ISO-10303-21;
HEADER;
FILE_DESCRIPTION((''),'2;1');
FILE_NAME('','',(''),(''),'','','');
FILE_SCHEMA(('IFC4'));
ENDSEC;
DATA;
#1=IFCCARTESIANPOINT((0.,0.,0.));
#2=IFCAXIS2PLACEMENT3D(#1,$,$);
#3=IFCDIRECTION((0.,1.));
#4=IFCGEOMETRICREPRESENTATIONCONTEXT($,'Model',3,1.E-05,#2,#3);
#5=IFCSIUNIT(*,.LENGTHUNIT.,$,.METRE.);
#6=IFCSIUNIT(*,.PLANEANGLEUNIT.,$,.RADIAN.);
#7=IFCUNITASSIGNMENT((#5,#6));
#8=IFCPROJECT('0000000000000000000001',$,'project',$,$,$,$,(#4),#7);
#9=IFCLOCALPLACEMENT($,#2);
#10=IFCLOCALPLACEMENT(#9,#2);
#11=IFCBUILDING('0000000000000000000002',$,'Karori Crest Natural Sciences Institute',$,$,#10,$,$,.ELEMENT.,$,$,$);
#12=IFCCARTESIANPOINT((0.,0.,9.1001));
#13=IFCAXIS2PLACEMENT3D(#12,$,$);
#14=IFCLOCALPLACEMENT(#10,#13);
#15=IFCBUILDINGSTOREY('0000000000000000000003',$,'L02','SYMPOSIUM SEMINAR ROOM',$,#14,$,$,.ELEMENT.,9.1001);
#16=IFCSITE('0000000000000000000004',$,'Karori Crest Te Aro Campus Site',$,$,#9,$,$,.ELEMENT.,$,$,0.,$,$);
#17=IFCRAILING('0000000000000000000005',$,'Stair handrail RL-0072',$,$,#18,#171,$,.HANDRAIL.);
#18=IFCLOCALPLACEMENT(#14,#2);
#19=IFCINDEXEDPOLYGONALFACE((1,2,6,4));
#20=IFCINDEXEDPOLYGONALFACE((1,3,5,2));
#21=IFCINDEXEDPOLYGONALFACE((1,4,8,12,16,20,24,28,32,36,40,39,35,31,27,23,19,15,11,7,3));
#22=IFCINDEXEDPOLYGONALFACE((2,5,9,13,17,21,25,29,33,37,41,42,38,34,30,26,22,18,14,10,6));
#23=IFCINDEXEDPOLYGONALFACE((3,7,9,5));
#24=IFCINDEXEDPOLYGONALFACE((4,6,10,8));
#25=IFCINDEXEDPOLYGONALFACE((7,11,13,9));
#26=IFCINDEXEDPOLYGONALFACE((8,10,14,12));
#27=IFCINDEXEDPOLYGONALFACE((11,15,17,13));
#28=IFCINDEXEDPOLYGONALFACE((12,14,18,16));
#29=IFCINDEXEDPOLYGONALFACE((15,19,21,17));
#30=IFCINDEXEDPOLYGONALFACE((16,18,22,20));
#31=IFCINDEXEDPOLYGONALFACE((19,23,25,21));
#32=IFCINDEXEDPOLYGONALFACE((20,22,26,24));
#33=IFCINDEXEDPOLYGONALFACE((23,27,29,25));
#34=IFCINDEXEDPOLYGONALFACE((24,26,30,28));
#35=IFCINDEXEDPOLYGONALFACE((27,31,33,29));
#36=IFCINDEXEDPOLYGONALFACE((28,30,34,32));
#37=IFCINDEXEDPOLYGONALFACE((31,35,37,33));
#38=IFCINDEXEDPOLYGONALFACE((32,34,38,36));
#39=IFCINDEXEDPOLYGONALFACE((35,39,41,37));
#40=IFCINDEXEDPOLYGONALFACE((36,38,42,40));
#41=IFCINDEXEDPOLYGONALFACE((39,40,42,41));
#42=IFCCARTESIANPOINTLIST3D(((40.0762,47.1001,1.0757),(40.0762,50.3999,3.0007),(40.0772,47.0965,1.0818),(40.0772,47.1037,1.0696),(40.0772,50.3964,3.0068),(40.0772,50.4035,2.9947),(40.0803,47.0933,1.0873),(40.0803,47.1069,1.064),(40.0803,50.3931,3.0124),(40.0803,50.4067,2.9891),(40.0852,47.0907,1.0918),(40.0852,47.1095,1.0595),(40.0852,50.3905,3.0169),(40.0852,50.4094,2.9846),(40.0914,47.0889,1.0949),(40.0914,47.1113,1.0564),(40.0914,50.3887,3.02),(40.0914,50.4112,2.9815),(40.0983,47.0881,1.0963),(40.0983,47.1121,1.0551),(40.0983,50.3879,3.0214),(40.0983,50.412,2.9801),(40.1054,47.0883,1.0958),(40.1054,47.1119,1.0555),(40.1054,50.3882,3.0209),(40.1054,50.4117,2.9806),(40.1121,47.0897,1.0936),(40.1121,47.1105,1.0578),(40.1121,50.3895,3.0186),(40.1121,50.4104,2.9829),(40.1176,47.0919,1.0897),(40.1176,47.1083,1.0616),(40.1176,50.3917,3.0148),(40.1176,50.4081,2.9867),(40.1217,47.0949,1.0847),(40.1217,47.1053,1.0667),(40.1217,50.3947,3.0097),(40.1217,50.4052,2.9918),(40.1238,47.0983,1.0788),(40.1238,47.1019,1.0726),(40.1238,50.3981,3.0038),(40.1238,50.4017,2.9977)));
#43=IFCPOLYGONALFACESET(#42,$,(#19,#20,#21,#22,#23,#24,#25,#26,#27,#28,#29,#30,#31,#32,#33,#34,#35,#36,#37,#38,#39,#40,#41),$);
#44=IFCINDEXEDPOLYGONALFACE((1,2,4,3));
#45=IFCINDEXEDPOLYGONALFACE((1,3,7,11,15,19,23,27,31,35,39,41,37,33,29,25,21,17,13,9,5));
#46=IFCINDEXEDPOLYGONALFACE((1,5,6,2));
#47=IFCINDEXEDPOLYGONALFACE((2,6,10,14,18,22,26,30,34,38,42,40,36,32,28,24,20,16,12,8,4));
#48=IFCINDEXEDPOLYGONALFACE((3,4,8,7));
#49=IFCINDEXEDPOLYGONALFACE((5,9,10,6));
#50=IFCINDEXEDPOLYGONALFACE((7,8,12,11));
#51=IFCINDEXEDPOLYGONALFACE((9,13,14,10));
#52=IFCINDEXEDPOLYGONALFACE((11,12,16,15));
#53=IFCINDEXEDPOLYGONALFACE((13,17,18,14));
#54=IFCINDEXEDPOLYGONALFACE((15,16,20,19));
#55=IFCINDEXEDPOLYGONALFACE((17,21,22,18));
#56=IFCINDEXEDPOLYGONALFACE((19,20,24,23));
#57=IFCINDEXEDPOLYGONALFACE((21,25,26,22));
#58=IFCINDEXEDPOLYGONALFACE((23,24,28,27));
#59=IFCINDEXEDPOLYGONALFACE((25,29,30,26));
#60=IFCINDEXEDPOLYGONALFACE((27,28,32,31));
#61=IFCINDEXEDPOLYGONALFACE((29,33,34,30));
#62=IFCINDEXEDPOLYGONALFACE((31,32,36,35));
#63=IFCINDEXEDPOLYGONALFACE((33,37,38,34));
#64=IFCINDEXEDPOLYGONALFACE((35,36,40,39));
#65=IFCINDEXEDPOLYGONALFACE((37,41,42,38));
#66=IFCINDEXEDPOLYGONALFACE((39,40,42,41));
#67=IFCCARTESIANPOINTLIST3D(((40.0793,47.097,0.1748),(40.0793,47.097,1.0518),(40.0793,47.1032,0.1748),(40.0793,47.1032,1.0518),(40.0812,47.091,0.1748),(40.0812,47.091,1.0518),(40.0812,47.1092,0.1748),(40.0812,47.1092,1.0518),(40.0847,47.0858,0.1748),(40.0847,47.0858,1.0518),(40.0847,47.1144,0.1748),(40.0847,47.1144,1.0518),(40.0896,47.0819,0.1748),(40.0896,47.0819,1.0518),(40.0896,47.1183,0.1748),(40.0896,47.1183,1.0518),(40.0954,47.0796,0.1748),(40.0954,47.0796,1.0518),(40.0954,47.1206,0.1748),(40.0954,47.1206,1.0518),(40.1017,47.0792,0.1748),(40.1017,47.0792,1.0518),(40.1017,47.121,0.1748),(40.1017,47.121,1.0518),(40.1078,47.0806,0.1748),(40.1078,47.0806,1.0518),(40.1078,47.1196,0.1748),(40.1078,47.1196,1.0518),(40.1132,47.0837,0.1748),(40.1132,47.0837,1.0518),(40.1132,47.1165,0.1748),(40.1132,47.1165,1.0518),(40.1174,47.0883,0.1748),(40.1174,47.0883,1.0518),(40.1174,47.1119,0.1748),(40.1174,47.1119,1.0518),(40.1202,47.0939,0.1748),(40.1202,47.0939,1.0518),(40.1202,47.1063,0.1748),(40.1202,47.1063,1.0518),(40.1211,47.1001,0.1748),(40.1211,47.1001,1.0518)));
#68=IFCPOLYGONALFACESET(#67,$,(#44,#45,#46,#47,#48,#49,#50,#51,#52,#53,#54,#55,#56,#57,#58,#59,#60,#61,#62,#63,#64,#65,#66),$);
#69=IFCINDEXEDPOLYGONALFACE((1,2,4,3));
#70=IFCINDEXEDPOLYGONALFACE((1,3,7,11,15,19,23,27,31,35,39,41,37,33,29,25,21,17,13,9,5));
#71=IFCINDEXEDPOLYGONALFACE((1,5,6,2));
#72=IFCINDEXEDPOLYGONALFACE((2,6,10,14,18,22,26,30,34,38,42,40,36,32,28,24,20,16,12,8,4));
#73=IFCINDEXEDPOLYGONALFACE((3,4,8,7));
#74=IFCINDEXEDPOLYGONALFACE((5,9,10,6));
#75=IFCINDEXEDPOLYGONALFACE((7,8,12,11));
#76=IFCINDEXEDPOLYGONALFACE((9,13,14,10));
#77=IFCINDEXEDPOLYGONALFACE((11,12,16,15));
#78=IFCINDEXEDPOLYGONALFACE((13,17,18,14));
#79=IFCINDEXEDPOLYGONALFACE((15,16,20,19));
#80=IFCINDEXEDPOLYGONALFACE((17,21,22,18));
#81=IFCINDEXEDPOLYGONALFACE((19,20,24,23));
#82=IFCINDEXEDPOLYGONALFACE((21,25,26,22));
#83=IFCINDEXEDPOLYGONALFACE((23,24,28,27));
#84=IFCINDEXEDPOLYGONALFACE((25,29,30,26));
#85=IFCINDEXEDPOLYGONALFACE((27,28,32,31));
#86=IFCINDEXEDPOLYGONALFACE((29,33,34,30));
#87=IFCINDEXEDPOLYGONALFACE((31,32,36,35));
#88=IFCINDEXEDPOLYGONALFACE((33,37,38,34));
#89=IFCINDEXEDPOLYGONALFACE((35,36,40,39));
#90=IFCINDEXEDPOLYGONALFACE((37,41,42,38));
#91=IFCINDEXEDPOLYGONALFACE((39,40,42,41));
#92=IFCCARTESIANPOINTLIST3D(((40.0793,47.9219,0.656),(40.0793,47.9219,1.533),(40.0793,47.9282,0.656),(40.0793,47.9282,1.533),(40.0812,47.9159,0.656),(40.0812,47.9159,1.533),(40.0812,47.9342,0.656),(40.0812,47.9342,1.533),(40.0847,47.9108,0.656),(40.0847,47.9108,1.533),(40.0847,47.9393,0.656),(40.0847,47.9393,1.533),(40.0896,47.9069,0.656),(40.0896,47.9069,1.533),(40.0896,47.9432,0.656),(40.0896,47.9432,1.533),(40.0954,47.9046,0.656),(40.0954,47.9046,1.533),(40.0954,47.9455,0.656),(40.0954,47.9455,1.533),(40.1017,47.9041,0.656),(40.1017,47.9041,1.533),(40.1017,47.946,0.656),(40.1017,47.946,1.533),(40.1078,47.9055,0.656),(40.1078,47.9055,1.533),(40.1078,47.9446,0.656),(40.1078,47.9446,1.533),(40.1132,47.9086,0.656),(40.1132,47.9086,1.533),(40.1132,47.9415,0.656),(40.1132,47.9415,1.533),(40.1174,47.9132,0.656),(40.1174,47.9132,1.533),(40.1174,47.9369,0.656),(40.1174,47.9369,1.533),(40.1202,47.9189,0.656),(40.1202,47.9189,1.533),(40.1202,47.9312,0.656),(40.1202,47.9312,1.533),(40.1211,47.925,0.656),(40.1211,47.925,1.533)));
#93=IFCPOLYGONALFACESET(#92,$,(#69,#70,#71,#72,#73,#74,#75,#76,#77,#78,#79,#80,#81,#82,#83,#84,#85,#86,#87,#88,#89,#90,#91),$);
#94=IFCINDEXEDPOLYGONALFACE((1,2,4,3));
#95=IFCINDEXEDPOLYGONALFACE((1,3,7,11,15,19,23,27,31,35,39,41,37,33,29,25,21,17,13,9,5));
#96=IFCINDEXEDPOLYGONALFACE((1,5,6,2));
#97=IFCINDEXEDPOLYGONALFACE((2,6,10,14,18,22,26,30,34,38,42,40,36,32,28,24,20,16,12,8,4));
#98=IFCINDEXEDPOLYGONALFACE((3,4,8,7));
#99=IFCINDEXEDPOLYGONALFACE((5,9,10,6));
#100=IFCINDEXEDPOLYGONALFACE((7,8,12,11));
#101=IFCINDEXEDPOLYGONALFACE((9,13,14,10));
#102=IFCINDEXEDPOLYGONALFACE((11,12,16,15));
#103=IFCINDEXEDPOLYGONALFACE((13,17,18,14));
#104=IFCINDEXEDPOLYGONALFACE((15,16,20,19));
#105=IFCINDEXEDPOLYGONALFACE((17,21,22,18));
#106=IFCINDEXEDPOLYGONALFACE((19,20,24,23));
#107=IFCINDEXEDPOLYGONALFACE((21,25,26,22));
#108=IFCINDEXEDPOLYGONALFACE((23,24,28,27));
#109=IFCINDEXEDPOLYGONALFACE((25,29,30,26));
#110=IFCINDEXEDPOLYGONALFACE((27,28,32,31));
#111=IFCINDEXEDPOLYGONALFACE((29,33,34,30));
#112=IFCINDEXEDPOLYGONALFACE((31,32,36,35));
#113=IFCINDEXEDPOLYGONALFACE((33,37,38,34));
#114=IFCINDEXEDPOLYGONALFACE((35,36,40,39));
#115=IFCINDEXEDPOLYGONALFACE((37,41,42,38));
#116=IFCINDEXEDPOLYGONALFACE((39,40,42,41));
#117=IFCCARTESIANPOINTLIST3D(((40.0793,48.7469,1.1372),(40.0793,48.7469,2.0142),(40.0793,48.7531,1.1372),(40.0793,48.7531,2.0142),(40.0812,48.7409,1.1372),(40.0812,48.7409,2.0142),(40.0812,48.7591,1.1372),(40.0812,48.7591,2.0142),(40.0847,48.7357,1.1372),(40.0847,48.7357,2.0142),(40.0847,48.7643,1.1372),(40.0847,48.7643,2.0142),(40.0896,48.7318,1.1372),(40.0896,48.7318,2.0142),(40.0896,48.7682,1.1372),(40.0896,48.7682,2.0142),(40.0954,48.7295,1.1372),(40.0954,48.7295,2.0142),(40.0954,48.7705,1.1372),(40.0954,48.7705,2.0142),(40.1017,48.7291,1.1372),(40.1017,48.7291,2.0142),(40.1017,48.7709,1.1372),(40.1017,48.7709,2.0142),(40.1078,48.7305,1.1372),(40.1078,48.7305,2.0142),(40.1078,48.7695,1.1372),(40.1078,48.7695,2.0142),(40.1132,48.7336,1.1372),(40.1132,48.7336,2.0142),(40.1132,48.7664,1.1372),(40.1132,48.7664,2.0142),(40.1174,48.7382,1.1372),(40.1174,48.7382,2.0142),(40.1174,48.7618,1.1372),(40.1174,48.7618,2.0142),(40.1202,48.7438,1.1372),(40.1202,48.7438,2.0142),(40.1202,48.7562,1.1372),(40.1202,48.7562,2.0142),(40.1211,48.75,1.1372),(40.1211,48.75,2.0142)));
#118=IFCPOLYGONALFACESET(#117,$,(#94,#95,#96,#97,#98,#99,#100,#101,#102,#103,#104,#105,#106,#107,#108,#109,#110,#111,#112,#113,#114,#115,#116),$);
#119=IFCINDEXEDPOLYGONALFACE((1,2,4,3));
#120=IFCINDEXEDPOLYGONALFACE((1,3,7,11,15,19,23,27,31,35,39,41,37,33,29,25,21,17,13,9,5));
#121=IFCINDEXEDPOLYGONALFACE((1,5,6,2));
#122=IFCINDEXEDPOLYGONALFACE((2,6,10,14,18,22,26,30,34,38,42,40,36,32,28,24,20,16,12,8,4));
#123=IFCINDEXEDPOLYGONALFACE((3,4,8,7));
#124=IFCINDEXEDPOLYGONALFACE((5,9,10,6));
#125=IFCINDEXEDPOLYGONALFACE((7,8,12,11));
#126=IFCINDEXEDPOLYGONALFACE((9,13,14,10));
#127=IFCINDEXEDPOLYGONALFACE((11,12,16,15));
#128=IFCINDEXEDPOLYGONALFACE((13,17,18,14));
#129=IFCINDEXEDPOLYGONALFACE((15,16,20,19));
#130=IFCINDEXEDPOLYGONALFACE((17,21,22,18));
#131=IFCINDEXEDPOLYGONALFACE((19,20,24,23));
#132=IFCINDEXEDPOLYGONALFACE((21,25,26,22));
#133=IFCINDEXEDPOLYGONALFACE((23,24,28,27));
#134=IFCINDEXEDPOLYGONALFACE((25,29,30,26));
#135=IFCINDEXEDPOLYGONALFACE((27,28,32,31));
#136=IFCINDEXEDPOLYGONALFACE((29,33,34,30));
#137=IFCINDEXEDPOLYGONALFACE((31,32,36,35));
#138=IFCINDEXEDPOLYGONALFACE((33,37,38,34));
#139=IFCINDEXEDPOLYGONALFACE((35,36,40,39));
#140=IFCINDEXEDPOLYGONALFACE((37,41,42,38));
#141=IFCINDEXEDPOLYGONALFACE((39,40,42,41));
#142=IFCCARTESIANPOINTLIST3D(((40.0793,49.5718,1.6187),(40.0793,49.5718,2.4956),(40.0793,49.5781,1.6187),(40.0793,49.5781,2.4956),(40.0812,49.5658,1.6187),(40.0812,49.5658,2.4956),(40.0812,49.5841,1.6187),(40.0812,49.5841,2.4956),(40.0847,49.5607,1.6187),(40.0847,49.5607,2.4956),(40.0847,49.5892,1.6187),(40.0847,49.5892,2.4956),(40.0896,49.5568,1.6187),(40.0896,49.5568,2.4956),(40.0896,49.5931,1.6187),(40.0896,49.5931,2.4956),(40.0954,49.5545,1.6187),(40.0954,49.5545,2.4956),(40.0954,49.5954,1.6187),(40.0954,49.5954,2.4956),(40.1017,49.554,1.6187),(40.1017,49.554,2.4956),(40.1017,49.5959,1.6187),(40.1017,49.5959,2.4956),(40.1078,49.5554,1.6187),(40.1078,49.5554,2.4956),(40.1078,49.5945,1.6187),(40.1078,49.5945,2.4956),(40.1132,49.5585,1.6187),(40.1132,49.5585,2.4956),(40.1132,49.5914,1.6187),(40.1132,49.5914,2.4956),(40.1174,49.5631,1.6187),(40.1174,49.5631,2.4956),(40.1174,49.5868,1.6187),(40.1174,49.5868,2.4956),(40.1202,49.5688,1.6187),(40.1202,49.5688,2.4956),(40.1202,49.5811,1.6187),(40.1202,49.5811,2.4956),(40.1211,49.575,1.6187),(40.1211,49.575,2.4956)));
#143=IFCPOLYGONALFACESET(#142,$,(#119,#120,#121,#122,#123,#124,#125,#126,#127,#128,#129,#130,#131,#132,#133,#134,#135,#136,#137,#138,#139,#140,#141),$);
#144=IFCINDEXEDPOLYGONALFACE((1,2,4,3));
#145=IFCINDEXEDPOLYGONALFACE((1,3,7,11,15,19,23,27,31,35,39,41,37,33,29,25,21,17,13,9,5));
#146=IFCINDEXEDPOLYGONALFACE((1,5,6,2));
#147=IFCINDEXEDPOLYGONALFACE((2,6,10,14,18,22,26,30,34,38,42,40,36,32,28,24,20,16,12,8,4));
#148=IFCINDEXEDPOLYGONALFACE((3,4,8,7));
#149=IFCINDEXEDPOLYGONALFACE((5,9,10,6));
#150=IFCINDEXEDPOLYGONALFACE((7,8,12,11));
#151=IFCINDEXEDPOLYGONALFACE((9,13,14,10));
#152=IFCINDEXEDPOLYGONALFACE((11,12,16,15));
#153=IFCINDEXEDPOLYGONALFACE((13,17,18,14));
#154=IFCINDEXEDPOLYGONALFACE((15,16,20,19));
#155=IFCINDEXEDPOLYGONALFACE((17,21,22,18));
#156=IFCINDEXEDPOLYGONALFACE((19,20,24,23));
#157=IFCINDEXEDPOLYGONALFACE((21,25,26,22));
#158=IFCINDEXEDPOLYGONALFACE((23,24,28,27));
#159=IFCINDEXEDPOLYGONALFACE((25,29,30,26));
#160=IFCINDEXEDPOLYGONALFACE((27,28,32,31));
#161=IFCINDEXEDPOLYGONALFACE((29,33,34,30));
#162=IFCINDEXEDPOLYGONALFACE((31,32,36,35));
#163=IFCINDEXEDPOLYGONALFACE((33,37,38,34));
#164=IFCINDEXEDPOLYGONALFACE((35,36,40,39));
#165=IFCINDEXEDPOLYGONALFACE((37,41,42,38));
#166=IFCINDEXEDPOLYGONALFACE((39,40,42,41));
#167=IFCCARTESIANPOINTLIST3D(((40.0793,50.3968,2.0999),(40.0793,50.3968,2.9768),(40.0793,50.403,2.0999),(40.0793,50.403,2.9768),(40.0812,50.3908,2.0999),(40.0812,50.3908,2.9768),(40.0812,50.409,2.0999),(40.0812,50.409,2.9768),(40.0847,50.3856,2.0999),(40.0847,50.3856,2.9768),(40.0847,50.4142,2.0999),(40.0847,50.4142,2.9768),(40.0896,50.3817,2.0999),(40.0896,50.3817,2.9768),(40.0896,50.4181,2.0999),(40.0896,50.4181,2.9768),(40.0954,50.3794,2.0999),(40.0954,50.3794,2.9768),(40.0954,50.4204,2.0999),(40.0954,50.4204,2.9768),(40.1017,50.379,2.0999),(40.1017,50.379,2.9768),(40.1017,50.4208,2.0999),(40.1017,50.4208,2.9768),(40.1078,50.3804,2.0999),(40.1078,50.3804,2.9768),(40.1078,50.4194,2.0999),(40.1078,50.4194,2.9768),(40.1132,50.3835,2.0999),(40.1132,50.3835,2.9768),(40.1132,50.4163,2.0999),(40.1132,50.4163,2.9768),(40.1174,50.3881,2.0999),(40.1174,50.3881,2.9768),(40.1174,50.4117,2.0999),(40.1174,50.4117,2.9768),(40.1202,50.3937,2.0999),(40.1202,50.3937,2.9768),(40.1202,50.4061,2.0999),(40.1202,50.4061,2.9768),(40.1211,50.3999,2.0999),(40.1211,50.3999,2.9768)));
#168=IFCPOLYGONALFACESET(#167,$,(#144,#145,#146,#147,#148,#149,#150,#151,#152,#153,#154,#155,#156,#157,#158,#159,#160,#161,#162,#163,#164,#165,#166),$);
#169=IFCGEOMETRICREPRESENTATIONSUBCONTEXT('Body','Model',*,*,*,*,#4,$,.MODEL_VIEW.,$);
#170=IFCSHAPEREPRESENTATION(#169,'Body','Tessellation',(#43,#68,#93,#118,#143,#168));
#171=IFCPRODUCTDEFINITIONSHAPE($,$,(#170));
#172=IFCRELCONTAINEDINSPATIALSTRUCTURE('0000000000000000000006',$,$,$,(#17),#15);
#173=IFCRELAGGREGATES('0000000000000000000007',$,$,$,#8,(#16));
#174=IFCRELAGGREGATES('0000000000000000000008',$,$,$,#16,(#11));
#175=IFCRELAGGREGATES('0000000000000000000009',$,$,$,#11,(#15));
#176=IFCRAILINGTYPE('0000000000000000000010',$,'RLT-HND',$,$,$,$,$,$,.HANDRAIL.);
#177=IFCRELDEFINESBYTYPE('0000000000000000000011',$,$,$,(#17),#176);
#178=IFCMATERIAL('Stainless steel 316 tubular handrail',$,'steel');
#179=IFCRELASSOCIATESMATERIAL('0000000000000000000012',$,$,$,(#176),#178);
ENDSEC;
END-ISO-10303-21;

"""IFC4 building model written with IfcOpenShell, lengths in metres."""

from ifc_helpers import new_model, si_unit, direction, frame, origin, origin_2d, place, context, subcontext, project, spatial, circle, extrude, material, type_object, element, save


model = new_model("IFC4")

# Units and contexts
model_context = context("Model", 3, precision=1e-05, world=origin(), true_north=direction((0.0, 1.0)))
body_context = subcontext(model_context, "Body", "Model", "MODEL_VIEW")
ifc_project = project(units=[si_unit("LENGTHUNIT", "METRE"), si_unit("PLANEANGLEUNIT", "RADIAN")], contexts=[model_context])

# Site, building, storey
site_placement = place(None, origin())
site = spatial("IfcSite", under=ifc_project, at=site_placement, Name="Karori Crest Te Aro Campus Site", CompositionType="ELEMENT", RefElevation=0.0)
building_placement = place(site_placement, origin())
building = spatial("IfcBuilding", under=site, at=building_placement, Name="Karori Crest Natural Sciences Institute", CompositionType="ELEMENT")
storey_placement = place(building_placement, frame((0.0, 0.0, 9.1001)))
storey = spatial("IfcBuildingStorey", under=building, at=storey_placement, Name="L02", Description="SYMPOSIUM SEMINAR ROOM", CompositionType="ELEMENT", Elevation=9.1001)

# Railing
ifc_material_1 = material(Name="Stainless steel 316 tubular handrail", Category="steel")
railing_type_1 = type_object("IfcRailingType", Name="RLT-HND", PredefinedType="HANDRAIL", material=ifc_material_1)
railing_1_placement = place(storey_placement, frame((40.1001, 47.1001, 0.1748)))
element("IfcRailing", 1, at=railing_1_placement, inside=storey, type_object=railing_type_1, Name="Stair handrail RL-0072", PredefinedType="HANDRAIL", context=body_context, shape_type="SweptSolid", body=[
    extrude(circle(Radius=0.0239, at=origin_2d()), frame((0.0, 0.0, 0.9009), z_axis=(0.0, 0.86376, 0.503903), x_axis=(-1.0, 0.0, 0.0)), (0.0, 0.0, 1.0), 3.8203),
    extrude(circle(Radius=0.021, at=origin_2d()), origin(), (0.0, 0.0, 1.0), 0.877),
    extrude(circle(Radius=0.021, at=origin_2d()), frame((0.0, 0.825, 0.4812)), (0.0, 0.0, 1.0), 0.877),
    extrude(circle(Radius=0.021, at=origin_2d()), frame((0.0, 1.6499, 0.9624)), (0.0, 0.0, 1.0), 0.877),
    extrude(circle(Radius=0.021, at=origin_2d()), frame((0.0, 2.4749, 1.4438)), (0.0, 0.0, 1.0), 0.877),
    extrude(circle(Radius=0.021, at=origin_2d()), frame((0.0, 3.2998, 1.925)), (0.0, 0.0, 1.0), 0.877),
])

save(model, "model.ifc")
